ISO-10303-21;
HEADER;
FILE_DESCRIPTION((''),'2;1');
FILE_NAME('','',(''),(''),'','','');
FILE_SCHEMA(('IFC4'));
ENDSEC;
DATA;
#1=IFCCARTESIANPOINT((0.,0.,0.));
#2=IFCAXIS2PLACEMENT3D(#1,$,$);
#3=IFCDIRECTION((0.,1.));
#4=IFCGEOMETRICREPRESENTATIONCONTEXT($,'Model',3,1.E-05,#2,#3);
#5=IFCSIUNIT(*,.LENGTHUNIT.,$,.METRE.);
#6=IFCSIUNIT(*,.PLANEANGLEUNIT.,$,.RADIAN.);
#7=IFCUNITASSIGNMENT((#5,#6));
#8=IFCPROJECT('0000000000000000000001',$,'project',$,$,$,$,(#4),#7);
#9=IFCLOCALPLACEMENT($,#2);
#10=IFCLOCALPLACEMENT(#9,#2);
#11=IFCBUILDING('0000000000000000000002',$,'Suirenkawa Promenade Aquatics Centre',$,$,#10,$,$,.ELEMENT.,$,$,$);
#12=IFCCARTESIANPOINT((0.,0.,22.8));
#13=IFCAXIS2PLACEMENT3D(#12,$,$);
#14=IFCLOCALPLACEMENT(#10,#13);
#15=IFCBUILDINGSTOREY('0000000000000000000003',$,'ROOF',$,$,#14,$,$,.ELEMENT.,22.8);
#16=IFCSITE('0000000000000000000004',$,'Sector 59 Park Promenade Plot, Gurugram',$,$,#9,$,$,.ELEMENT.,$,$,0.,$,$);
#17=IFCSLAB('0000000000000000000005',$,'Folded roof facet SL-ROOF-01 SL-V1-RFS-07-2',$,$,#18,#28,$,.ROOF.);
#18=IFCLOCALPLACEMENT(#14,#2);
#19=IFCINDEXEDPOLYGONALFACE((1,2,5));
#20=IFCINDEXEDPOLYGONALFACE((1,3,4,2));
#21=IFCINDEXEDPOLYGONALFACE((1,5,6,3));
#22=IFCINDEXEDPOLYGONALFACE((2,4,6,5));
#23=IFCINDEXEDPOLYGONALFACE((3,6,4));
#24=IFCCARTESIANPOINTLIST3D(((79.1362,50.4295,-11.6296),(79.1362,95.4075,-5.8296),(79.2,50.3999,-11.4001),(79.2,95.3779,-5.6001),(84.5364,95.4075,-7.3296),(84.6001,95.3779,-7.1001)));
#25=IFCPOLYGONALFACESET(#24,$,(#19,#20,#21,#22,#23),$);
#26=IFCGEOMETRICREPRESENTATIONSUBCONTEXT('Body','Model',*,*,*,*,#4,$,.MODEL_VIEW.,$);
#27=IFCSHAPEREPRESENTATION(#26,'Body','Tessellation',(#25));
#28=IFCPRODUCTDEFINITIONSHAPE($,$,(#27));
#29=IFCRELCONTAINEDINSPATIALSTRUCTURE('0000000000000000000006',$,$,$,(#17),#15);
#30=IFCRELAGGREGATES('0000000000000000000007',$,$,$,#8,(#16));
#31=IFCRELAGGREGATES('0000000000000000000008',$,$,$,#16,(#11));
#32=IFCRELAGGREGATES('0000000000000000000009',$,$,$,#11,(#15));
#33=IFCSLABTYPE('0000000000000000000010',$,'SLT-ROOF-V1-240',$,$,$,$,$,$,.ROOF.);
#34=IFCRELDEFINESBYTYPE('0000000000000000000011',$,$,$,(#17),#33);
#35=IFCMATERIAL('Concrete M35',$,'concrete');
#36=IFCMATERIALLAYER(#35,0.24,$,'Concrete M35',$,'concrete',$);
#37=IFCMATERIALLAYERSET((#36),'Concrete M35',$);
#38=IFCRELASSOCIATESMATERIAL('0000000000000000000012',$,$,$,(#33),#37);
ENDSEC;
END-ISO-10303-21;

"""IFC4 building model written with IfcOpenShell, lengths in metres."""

from ifc_helpers import new_model, si_unit, direction, frame, origin, place, context, subcontext, project, spatial, polyline, outline, extrude, material, layer, layer_set, type_object, element, save


model = new_model("IFC4")

# Units and contexts
model_context = context("Model", 3, precision=1e-05, world=origin(), true_north=direction((0.0, 1.0)))
body_context = subcontext(model_context, "Body", "Model", "MODEL_VIEW")
ifc_project = project(units=[si_unit("LENGTHUNIT", "METRE"), si_unit("PLANEANGLEUNIT", "RADIAN")], contexts=[model_context])

# Site, building, storey
site_placement = place(None, origin())
site = spatial("IfcSite", under=ifc_project, at=site_placement, Name="Sector 59 Park Promenade Plot, Gurugram", CompositionType="ELEMENT", RefElevation=0.0)
building_placement = place(site_placement, origin())
building = spatial("IfcBuilding", under=site, at=building_placement, Name="Suirenkawa Promenade Aquatics Centre", CompositionType="ELEMENT")
storey_placement = place(building_placement, frame((0.0, 0.0, 22.8)))
storey = spatial("IfcBuildingStorey", under=building, at=storey_placement, Name="ROOF", CompositionType="ELEMENT", Elevation=22.8)

# Slab
ifc_material_1 = material(Name="Concrete M35", Category="concrete")
ifc_layer_1 = layer(ifc_material_1, 0.24, Name="Concrete M35", Category="concrete")
ifc_layer_set_1 = layer_set([ifc_layer_1], Name="Concrete M35")
slab_type = type_object("IfcSlabType", Name="SLT-ROOF-V1-240", PredefinedType="ROOF", material=ifc_layer_set_1)
slab_1_placement = place(storey_placement, frame((79.2, 50.3999, -11.4001), z_axis=(0.265595, -0.123301, 0.956168), x_axis=(0.118672, 0.988427, 0.094497)))
element("IfcSlab", 1, at=slab_1_placement, inside=storey, type_object=slab_type, Name="Folded roof facet SL-ROOF-01 SL-V1-RFS-07-2", PredefinedType="ROOF", context=body_context, shape_type="SweptSolid", body=[
    extrude(outline(polyline([(0.0, 0.0), (45.5047, 0.0), (45.0056, 5.5823), (0.0, 0.0)])), origin(), (0.0, 0.0, -1.0), 0.24),
])

save(model, "model.ifc")
